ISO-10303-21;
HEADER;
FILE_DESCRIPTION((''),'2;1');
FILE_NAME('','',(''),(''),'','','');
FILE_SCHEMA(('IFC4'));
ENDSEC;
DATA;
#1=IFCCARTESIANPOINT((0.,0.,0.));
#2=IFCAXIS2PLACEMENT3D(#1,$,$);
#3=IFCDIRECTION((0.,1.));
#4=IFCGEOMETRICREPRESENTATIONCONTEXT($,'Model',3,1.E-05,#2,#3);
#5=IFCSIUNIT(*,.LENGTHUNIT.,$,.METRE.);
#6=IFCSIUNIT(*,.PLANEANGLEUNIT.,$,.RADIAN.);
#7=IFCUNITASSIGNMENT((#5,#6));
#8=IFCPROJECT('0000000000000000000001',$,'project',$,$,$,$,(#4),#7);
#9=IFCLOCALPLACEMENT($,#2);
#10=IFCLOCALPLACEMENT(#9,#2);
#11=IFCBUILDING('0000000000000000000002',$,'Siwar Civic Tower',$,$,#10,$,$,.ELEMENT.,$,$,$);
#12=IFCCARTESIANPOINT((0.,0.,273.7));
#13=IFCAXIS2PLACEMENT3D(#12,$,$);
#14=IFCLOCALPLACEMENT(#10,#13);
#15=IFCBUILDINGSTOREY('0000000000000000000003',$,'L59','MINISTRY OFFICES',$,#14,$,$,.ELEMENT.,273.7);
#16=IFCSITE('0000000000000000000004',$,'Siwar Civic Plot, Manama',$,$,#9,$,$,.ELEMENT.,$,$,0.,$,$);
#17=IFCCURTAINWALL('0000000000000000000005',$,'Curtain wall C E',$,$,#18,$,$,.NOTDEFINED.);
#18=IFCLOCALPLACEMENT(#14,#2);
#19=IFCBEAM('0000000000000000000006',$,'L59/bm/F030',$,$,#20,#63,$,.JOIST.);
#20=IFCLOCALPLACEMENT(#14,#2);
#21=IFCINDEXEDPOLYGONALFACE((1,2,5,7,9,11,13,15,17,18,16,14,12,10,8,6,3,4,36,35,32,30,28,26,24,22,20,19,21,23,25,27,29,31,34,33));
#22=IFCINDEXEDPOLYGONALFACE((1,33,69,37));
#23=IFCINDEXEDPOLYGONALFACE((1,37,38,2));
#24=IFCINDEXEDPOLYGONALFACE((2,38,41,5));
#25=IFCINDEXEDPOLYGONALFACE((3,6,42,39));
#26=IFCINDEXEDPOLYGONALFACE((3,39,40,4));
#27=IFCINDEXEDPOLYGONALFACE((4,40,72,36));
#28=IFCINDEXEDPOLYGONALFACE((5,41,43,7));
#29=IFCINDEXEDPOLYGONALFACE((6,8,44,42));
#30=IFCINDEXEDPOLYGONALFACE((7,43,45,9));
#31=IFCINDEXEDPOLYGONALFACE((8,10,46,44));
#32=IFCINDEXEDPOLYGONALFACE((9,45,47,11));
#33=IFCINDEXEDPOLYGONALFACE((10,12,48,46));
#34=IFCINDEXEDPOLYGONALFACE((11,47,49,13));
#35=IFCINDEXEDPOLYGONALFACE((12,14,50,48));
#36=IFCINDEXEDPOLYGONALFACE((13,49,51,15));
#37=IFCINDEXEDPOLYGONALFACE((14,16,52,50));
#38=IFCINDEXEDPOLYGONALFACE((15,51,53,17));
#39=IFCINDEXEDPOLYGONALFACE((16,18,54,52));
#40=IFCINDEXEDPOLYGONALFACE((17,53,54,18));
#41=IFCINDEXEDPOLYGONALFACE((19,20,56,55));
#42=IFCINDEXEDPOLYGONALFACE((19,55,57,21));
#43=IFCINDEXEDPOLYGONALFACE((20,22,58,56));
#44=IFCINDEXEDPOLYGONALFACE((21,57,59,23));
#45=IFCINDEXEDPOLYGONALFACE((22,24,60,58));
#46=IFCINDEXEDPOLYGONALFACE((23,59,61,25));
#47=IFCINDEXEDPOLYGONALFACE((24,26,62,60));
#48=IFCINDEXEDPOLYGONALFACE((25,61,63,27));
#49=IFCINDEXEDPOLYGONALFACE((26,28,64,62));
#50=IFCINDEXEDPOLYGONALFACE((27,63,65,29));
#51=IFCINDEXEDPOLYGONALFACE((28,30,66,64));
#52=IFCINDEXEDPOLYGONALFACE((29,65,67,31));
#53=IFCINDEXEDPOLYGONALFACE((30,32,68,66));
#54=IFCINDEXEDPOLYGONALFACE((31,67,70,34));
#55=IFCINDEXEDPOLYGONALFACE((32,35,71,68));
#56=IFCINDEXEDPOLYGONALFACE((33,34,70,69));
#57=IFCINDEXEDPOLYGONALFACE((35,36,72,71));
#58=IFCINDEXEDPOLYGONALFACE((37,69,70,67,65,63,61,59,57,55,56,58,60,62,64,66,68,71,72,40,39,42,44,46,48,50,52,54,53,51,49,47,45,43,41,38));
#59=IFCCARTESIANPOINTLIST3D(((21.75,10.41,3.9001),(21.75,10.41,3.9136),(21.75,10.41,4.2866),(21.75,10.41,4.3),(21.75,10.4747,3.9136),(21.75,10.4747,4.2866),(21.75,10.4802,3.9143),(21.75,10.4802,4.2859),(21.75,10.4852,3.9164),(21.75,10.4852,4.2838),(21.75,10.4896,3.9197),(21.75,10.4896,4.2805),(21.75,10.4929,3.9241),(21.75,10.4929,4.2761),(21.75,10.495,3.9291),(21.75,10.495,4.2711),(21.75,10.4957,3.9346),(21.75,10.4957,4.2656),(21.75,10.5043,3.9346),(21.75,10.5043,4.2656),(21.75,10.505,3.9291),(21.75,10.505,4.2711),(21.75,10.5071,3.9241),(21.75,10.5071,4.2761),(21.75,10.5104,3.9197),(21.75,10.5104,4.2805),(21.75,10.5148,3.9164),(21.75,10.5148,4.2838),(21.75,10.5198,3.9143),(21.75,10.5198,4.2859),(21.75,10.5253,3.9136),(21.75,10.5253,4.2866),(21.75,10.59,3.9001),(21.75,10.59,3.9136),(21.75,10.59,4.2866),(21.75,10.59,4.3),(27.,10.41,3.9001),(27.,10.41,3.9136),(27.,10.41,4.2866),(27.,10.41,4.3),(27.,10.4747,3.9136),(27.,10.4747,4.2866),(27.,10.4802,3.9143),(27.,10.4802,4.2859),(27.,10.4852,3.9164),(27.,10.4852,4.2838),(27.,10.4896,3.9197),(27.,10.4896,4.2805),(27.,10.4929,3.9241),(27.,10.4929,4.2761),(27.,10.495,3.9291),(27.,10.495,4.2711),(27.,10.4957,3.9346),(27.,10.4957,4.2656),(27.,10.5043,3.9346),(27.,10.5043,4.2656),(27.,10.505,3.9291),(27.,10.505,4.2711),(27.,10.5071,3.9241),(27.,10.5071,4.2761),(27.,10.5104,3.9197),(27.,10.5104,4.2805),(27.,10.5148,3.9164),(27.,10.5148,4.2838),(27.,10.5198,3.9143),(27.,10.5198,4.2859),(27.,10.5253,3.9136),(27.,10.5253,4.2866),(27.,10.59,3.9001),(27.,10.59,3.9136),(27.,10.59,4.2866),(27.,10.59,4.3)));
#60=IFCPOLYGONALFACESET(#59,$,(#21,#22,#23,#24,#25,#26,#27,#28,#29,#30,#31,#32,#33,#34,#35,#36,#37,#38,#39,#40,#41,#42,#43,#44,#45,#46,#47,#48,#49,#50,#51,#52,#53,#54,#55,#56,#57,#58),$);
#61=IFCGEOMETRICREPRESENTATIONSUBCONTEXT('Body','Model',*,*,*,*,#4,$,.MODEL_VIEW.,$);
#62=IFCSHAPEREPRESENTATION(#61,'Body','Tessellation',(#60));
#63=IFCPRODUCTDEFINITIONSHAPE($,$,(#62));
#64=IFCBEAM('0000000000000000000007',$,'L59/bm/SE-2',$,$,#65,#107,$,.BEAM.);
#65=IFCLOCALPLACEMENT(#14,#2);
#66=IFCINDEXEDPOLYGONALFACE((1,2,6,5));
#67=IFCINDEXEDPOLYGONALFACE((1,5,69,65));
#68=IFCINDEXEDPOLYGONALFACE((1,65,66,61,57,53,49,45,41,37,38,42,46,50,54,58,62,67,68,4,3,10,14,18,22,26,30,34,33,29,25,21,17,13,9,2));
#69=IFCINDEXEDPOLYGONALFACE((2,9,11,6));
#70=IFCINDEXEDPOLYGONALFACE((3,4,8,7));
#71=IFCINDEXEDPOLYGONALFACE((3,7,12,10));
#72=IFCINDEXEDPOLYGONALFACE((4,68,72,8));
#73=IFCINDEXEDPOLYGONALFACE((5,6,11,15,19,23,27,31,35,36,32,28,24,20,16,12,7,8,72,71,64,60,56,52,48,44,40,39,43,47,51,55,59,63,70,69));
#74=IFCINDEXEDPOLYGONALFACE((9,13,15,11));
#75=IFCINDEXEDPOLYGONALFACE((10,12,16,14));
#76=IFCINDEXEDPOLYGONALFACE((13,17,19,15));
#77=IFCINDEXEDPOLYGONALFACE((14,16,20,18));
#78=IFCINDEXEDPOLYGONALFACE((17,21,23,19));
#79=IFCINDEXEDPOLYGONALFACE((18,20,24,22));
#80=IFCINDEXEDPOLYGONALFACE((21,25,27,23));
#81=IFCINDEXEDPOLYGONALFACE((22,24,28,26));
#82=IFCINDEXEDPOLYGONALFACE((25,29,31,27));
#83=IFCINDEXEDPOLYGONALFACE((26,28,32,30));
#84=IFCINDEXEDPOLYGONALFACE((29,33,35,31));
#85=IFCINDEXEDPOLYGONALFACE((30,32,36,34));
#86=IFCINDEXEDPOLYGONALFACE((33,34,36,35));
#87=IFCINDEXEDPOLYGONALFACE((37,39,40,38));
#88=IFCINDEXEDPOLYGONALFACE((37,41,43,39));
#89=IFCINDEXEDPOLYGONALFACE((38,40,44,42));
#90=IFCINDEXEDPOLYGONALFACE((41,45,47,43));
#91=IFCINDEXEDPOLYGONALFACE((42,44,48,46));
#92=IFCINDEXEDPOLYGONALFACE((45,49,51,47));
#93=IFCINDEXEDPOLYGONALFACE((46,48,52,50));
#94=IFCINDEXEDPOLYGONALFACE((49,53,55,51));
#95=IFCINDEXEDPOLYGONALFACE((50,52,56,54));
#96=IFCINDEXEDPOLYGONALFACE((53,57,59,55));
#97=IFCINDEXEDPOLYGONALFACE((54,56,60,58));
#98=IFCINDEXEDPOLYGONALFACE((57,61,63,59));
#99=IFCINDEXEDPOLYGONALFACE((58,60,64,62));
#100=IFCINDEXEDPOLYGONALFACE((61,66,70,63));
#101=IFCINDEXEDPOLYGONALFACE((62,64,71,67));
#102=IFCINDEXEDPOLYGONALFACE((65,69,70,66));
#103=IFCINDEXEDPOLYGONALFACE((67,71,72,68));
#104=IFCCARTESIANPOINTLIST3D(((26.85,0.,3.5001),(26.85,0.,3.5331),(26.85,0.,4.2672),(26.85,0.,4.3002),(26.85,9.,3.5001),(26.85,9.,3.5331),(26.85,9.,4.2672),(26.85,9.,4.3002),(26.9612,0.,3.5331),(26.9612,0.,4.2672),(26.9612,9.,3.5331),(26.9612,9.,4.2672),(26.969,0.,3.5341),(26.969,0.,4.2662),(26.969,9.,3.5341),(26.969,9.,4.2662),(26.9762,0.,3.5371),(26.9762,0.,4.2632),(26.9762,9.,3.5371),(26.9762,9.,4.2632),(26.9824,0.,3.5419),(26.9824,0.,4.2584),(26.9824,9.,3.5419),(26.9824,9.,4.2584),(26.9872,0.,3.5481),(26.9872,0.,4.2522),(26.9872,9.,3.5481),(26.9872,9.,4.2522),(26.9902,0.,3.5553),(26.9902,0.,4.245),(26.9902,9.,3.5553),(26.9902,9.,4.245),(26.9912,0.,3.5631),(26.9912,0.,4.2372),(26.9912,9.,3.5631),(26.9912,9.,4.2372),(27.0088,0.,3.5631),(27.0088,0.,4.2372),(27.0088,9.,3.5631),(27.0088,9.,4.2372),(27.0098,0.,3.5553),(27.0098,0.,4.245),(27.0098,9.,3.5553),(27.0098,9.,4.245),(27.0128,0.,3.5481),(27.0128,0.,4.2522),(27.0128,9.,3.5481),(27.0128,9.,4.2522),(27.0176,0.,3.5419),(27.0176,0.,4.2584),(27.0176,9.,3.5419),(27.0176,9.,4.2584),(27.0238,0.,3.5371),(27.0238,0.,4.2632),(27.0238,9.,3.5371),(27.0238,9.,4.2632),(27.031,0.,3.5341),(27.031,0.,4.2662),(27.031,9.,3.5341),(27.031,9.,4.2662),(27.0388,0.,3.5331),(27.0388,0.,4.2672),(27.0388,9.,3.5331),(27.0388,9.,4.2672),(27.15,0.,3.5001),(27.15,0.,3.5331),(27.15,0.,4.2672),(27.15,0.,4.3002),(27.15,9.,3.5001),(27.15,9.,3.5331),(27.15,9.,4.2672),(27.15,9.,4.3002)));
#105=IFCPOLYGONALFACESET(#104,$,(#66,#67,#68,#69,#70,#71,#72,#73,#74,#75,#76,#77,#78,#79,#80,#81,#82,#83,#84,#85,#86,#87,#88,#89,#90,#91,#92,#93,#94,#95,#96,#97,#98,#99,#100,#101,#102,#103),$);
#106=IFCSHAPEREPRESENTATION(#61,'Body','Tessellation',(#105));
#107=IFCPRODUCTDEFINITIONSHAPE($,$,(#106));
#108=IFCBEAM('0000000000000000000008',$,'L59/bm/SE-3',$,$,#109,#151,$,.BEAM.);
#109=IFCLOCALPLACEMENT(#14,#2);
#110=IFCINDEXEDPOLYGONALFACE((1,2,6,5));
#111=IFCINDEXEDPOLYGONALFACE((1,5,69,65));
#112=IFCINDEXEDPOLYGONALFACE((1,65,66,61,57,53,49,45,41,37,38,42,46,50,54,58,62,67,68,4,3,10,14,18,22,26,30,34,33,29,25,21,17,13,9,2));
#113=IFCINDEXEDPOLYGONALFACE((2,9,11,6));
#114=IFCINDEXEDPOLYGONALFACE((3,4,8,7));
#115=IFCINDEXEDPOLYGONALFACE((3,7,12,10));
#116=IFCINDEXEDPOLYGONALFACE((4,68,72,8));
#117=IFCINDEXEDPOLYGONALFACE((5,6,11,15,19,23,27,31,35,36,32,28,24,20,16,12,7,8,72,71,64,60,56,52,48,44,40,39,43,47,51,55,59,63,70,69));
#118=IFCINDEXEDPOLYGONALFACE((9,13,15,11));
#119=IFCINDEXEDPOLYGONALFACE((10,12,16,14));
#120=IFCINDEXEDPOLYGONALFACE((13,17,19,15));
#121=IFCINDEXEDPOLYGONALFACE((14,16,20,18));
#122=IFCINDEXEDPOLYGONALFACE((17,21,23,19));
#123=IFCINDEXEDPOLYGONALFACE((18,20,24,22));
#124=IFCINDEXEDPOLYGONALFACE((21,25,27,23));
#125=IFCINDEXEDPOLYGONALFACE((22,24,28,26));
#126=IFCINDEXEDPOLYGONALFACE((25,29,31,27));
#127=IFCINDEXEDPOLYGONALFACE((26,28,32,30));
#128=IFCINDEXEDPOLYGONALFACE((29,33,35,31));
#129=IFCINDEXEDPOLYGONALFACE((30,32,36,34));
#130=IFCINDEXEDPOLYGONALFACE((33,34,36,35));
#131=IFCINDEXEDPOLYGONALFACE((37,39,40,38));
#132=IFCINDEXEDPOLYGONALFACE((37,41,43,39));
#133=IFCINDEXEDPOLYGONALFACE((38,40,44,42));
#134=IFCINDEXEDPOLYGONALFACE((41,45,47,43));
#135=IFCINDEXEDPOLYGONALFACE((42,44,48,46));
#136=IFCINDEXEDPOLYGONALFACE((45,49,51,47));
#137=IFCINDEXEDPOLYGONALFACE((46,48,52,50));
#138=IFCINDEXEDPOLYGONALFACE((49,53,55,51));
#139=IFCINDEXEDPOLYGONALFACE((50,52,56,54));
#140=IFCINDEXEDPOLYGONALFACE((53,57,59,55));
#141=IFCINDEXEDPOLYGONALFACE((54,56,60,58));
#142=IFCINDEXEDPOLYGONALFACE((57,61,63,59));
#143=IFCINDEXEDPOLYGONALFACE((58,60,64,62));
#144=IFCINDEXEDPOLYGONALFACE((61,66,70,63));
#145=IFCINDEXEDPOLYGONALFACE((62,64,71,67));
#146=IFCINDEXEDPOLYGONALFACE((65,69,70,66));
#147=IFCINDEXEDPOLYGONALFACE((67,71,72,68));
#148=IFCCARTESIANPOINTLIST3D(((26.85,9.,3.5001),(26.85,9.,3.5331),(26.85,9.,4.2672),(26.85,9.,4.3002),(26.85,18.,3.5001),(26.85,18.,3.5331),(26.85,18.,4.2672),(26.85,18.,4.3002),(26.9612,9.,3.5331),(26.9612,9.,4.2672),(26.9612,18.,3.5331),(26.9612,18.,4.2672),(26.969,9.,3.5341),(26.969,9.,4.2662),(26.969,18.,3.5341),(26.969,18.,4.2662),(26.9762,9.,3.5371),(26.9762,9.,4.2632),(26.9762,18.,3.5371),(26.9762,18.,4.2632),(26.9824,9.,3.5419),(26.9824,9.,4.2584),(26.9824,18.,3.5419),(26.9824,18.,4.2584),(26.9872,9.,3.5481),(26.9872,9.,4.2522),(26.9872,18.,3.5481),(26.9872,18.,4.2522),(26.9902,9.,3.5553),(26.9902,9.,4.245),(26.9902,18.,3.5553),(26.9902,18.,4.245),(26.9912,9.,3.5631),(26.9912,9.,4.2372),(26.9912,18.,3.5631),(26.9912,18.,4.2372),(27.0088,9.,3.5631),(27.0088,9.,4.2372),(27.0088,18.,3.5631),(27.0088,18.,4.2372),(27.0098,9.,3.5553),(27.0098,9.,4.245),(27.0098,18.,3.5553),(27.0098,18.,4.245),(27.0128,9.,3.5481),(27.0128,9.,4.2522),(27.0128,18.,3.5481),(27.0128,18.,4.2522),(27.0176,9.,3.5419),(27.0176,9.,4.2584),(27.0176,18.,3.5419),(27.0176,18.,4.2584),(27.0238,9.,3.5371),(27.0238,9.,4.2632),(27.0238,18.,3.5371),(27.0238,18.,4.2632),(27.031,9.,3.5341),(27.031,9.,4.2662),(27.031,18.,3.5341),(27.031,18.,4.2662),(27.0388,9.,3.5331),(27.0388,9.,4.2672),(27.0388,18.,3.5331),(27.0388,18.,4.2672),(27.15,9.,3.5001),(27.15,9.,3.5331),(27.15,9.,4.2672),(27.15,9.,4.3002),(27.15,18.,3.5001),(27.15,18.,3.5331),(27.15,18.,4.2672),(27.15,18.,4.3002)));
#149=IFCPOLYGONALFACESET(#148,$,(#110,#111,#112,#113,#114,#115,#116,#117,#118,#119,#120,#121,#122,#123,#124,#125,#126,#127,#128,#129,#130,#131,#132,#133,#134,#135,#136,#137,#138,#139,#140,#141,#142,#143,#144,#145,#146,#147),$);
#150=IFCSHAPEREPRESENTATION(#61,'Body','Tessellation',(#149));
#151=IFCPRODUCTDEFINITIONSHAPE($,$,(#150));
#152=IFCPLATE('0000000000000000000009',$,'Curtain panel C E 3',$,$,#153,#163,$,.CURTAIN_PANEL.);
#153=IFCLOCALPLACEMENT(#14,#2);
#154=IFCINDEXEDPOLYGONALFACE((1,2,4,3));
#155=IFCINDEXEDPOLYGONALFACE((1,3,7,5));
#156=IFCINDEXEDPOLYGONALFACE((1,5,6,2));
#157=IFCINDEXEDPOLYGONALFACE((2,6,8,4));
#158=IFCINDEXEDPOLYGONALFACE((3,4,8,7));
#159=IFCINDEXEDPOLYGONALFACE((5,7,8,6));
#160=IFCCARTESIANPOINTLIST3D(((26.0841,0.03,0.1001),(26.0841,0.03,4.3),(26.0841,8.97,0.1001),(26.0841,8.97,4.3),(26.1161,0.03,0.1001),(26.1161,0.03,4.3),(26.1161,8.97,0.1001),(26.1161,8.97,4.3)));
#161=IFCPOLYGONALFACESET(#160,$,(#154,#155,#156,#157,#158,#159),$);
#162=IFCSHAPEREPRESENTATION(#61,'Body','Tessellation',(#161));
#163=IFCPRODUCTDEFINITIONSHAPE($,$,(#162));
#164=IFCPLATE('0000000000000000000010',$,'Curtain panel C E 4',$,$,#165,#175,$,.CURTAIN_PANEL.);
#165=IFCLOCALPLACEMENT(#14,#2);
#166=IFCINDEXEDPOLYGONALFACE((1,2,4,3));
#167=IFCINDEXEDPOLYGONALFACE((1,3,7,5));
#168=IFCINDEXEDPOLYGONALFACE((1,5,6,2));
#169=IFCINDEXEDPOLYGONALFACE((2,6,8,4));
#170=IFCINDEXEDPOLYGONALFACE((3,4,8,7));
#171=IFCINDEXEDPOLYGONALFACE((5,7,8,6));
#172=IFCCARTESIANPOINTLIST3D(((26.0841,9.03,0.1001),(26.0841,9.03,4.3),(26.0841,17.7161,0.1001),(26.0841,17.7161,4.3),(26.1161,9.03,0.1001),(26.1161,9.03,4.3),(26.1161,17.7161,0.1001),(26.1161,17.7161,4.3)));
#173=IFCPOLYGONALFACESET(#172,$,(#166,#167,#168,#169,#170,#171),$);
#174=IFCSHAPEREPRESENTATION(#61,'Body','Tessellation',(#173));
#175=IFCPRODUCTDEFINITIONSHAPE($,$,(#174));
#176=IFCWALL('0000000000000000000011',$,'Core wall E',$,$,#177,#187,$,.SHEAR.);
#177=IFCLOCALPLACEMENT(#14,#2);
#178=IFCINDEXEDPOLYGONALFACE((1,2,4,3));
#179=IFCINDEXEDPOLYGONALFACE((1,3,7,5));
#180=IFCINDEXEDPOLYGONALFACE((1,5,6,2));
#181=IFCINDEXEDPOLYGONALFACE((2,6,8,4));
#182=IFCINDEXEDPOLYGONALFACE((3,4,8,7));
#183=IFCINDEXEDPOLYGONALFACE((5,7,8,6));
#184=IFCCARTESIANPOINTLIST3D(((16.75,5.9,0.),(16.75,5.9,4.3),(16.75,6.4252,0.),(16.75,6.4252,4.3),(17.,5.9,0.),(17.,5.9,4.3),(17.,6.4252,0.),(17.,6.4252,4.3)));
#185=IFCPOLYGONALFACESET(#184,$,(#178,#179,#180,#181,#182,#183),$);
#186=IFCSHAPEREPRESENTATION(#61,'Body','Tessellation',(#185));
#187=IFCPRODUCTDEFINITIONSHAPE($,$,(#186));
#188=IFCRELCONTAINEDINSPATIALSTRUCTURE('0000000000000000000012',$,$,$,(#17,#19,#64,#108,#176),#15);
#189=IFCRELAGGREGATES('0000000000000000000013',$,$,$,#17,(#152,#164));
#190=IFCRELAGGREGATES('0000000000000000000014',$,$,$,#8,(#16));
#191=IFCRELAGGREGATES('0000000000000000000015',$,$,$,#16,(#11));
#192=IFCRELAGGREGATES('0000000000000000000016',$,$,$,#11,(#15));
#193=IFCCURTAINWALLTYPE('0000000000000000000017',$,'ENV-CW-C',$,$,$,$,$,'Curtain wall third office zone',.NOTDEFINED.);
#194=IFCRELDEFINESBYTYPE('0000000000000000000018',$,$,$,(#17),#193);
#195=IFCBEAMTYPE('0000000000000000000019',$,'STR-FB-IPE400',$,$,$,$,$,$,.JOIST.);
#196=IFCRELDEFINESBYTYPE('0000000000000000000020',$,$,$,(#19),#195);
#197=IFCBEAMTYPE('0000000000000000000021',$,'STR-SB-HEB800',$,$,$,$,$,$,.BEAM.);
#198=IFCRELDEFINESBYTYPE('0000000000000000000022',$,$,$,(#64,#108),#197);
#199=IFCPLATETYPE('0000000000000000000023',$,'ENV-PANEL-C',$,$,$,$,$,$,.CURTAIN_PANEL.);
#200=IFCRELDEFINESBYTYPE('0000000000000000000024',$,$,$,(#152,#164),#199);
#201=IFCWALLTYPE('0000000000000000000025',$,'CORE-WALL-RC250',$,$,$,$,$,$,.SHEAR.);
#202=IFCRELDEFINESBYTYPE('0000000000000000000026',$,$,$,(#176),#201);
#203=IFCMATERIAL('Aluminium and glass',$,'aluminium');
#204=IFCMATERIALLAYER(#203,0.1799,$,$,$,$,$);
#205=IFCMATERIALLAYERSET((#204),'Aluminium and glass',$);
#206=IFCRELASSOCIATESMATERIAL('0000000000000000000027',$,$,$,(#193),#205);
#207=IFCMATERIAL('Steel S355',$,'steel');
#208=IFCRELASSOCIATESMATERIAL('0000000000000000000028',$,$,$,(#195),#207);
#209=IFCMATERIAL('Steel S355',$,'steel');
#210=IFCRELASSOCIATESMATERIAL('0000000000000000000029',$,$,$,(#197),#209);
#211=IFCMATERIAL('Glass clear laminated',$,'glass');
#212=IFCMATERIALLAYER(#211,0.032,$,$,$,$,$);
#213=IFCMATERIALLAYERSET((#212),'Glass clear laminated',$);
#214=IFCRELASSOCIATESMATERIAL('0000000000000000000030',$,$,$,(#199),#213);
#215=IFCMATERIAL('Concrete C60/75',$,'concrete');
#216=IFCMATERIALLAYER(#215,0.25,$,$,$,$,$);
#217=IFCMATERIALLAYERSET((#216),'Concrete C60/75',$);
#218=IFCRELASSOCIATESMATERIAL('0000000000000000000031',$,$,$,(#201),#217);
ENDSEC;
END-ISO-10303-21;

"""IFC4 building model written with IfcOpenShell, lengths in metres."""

from ifc_helpers import new_model, si_unit, direction, frame, frame_2d, origin, origin_2d, place, context, subcontext, project, spatial, rectangle, i_section, extrude, material, layer, layer_set, material_profile, profile_set, type_object, element, aggregate, save


model = new_model("IFC4")

# Units and contexts
model_context = context("Model", 3, precision=1e-05, world=origin(), true_north=direction((0.0, 1.0)))
body_context = subcontext(model_context, "Body", "Model", "MODEL_VIEW")
ifc_project = project(units=[si_unit("LENGTHUNIT", "METRE"), si_unit("PLANEANGLEUNIT", "RADIAN")], contexts=[model_context])

# Site, building, storey
site_placement = place(None, origin())
site = spatial("IfcSite", under=ifc_project, at=site_placement, Name="Siwar Civic Plot, Manama", CompositionType="ELEMENT", RefElevation=0.0)
building_placement = place(site_placement, origin())
building = spatial("IfcBuilding", under=site, at=building_placement, Name="Siwar Civic Tower", CompositionType="ELEMENT")
storey_placement = place(building_placement, frame((0.0, 0.0, 273.7)))
storey = spatial("IfcBuildingStorey", under=building, at=storey_placement, Name="L59", Description="MINISTRY OFFICES", CompositionType="ELEMENT", Elevation=273.7)

# Curtain wall
ifc_material_1 = material(Name="Aluminium and glass", Category="aluminium")
ifc_layer_1 = layer(ifc_material_1, 0.1799)
ifc_layer_set_1 = layer_set([ifc_layer_1], Name="Aluminium and glass")
curtain_wall_type = type_object("IfcCurtainWallType", Name="ENV-CW-C", ElementType="Curtain wall third office zone", PredefinedType="NOTDEFINED", material=ifc_layer_set_1)
curtain_wall_placement = place(storey_placement, origin())
curtain_wall = element("IfcCurtainWall", 1, at=curtain_wall_placement, inside=storey, type_object=curtain_wall_type, Name="Curtain wall C E", PredefinedType="NOTDEFINED")

# Beams
ifc_material_2 = material(Name="Steel S355", Category="steel")
ifc_material_profile_1 = material_profile(ifc_material_2, i_section(OverallWidth=0.1799, OverallDepth=0.3999, WebThickness=0.0085, FlangeThickness=0.0134, FilletRadius=0.021, at=origin_2d()), Name="IPE400")
ifc_profile_set_1 = profile_set([ifc_material_profile_1], Name="Steel S355")
beam_type_1 = type_object("IfcBeamType", Name="STR-FB-IPE400", PredefinedType="JOIST", material=ifc_profile_set_1)
for number, where, z_axis, x_axis, name in (
    (2, (21.75, 10.5, 4.1001), (1.0, 0.0, 0.0), (0.0, 1.0, 0.0), "L59/bm/F030"),
):
    element("IfcBeam", number, at=place(storey_placement, frame(where, z_axis=z_axis, x_axis=x_axis)), inside=storey, type_object=beam_type_1, Name=name, PredefinedType="JOIST", context=body_context, shape_type="SweptSolid", body=[
        extrude(i_section(OverallWidth=0.1799, OverallDepth=0.3999, WebThickness=0.0085, FlangeThickness=0.0134, FilletRadius=0.021, at=origin_2d()), origin(), (0.0, 0.0, 1.0), 5.25),
    ])
ifc_material_3 = material(Name="Steel S355", Category="steel")
ifc_material_profile_2 = material_profile(ifc_material_3, i_section(OverallWidth=0.3, OverallDepth=0.8, WebThickness=0.0176, FlangeThickness=0.033, FilletRadius=0.03, at=origin_2d()), Name="HEB800")
ifc_profile_set_2 = profile_set([ifc_material_profile_2], Name="Steel S355")
beam_type_2 = type_object("IfcBeamType", Name="STR-SB-HEB800", PredefinedType="BEAM", material=ifc_profile_set_2)
for number, where, z_axis, x_axis, name in (
    (3, (27.0, 0.0, 3.9001), (0.0, 1.0, 0.0), (-1.0, 0.0, 0.0), "L59/bm/SE-2"),
    (4, (27.0, 9.0, 3.9001), (0.0, 1.0, 0.0), (-1.0, 0.0, 0.0), "L59/bm/SE-3"),
):
    element("IfcBeam", number, at=place(storey_placement, frame(where, z_axis=z_axis, x_axis=x_axis)), inside=storey, type_object=beam_type_2, Name=name, PredefinedType="BEAM", context=body_context, shape_type="SweptSolid", body=[
        extrude(i_section(OverallWidth=0.3, OverallDepth=0.8, WebThickness=0.0176, FlangeThickness=0.033, FilletRadius=0.03, at=origin_2d()), origin(), (0.0, 0.0, 1.0), 9.0),
    ])

# Plates
ifc_material_4 = material(Name="Glass clear laminated", Category="glass")
ifc_layer_2 = layer(ifc_material_4, 0.032)
ifc_layer_set_2 = layer_set([ifc_layer_2], Name="Glass clear laminated")
plate_type = type_object("IfcPlateType", Name="ENV-PANEL-C", PredefinedType="CURTAIN_PANEL", material=ifc_layer_set_2)
plate_1_placement = place(storey_placement, frame((26.1001, 4.5, 0.1001), z_axis=(0.0, 0.0, 1.0), x_axis=(0.0, 1.0, 0.0)))
plate_1 = element("IfcPlate", 5, at=plate_1_placement, type_object=plate_type, Name="Curtain panel C E 3", PredefinedType="CURTAIN_PANEL", context=body_context, shape_type="SweptSolid", body=[
    extrude(rectangle(XDim=8.9399, YDim=0.032, at=origin_2d()), origin(), (0.0, 0.0, 1.0), 4.2),
])
plate_2_placement = place(storey_placement, frame((26.1001, 13.373, 0.1001), z_axis=(0.0, 0.0, 1.0), x_axis=(0.0, 1.0, 0.0)))
plate_2 = element("IfcPlate", 6, at=plate_2_placement, type_object=plate_type, Name="Curtain panel C E 4", PredefinedType="CURTAIN_PANEL", context=body_context, shape_type="SweptSolid", body=[
    extrude(rectangle(XDim=8.686, YDim=0.032, at=origin_2d()), origin(), (0.0, 0.0, 1.0), 4.2),
])
aggregate(curtain_wall, [plate_1, plate_2])

# Wall
ifc_material_5 = material(Name="Concrete C60/75", Category="concrete")
ifc_layer_3 = layer(ifc_material_5, 0.25)
ifc_layer_set_3 = layer_set([ifc_layer_3], Name="Concrete C60/75")
wall_type_1 = type_object("IfcWallType", Name="CORE-WALL-RC250", PredefinedType="SHEAR", material=ifc_layer_set_3)
wall_1_placement = place(storey_placement, frame((16.875, 5.8999, 0.0), z_axis=(0.0, 0.0, 1.0), x_axis=(0.0, 1.0, 0.0)))
element("IfcWall", 7, at=wall_1_placement, inside=storey, type_object=wall_type_1, Name="Core wall E", PredefinedType="SHEAR", context=body_context, shape_type="SweptSolid", body=[
    extrude(rectangle(XDim=0.5251, YDim=0.25, at=frame_2d((0.2627, 0.0))), origin(), (0.0, 0.0, 1.0), 4.3),
])

save(model, "model.ifc")
